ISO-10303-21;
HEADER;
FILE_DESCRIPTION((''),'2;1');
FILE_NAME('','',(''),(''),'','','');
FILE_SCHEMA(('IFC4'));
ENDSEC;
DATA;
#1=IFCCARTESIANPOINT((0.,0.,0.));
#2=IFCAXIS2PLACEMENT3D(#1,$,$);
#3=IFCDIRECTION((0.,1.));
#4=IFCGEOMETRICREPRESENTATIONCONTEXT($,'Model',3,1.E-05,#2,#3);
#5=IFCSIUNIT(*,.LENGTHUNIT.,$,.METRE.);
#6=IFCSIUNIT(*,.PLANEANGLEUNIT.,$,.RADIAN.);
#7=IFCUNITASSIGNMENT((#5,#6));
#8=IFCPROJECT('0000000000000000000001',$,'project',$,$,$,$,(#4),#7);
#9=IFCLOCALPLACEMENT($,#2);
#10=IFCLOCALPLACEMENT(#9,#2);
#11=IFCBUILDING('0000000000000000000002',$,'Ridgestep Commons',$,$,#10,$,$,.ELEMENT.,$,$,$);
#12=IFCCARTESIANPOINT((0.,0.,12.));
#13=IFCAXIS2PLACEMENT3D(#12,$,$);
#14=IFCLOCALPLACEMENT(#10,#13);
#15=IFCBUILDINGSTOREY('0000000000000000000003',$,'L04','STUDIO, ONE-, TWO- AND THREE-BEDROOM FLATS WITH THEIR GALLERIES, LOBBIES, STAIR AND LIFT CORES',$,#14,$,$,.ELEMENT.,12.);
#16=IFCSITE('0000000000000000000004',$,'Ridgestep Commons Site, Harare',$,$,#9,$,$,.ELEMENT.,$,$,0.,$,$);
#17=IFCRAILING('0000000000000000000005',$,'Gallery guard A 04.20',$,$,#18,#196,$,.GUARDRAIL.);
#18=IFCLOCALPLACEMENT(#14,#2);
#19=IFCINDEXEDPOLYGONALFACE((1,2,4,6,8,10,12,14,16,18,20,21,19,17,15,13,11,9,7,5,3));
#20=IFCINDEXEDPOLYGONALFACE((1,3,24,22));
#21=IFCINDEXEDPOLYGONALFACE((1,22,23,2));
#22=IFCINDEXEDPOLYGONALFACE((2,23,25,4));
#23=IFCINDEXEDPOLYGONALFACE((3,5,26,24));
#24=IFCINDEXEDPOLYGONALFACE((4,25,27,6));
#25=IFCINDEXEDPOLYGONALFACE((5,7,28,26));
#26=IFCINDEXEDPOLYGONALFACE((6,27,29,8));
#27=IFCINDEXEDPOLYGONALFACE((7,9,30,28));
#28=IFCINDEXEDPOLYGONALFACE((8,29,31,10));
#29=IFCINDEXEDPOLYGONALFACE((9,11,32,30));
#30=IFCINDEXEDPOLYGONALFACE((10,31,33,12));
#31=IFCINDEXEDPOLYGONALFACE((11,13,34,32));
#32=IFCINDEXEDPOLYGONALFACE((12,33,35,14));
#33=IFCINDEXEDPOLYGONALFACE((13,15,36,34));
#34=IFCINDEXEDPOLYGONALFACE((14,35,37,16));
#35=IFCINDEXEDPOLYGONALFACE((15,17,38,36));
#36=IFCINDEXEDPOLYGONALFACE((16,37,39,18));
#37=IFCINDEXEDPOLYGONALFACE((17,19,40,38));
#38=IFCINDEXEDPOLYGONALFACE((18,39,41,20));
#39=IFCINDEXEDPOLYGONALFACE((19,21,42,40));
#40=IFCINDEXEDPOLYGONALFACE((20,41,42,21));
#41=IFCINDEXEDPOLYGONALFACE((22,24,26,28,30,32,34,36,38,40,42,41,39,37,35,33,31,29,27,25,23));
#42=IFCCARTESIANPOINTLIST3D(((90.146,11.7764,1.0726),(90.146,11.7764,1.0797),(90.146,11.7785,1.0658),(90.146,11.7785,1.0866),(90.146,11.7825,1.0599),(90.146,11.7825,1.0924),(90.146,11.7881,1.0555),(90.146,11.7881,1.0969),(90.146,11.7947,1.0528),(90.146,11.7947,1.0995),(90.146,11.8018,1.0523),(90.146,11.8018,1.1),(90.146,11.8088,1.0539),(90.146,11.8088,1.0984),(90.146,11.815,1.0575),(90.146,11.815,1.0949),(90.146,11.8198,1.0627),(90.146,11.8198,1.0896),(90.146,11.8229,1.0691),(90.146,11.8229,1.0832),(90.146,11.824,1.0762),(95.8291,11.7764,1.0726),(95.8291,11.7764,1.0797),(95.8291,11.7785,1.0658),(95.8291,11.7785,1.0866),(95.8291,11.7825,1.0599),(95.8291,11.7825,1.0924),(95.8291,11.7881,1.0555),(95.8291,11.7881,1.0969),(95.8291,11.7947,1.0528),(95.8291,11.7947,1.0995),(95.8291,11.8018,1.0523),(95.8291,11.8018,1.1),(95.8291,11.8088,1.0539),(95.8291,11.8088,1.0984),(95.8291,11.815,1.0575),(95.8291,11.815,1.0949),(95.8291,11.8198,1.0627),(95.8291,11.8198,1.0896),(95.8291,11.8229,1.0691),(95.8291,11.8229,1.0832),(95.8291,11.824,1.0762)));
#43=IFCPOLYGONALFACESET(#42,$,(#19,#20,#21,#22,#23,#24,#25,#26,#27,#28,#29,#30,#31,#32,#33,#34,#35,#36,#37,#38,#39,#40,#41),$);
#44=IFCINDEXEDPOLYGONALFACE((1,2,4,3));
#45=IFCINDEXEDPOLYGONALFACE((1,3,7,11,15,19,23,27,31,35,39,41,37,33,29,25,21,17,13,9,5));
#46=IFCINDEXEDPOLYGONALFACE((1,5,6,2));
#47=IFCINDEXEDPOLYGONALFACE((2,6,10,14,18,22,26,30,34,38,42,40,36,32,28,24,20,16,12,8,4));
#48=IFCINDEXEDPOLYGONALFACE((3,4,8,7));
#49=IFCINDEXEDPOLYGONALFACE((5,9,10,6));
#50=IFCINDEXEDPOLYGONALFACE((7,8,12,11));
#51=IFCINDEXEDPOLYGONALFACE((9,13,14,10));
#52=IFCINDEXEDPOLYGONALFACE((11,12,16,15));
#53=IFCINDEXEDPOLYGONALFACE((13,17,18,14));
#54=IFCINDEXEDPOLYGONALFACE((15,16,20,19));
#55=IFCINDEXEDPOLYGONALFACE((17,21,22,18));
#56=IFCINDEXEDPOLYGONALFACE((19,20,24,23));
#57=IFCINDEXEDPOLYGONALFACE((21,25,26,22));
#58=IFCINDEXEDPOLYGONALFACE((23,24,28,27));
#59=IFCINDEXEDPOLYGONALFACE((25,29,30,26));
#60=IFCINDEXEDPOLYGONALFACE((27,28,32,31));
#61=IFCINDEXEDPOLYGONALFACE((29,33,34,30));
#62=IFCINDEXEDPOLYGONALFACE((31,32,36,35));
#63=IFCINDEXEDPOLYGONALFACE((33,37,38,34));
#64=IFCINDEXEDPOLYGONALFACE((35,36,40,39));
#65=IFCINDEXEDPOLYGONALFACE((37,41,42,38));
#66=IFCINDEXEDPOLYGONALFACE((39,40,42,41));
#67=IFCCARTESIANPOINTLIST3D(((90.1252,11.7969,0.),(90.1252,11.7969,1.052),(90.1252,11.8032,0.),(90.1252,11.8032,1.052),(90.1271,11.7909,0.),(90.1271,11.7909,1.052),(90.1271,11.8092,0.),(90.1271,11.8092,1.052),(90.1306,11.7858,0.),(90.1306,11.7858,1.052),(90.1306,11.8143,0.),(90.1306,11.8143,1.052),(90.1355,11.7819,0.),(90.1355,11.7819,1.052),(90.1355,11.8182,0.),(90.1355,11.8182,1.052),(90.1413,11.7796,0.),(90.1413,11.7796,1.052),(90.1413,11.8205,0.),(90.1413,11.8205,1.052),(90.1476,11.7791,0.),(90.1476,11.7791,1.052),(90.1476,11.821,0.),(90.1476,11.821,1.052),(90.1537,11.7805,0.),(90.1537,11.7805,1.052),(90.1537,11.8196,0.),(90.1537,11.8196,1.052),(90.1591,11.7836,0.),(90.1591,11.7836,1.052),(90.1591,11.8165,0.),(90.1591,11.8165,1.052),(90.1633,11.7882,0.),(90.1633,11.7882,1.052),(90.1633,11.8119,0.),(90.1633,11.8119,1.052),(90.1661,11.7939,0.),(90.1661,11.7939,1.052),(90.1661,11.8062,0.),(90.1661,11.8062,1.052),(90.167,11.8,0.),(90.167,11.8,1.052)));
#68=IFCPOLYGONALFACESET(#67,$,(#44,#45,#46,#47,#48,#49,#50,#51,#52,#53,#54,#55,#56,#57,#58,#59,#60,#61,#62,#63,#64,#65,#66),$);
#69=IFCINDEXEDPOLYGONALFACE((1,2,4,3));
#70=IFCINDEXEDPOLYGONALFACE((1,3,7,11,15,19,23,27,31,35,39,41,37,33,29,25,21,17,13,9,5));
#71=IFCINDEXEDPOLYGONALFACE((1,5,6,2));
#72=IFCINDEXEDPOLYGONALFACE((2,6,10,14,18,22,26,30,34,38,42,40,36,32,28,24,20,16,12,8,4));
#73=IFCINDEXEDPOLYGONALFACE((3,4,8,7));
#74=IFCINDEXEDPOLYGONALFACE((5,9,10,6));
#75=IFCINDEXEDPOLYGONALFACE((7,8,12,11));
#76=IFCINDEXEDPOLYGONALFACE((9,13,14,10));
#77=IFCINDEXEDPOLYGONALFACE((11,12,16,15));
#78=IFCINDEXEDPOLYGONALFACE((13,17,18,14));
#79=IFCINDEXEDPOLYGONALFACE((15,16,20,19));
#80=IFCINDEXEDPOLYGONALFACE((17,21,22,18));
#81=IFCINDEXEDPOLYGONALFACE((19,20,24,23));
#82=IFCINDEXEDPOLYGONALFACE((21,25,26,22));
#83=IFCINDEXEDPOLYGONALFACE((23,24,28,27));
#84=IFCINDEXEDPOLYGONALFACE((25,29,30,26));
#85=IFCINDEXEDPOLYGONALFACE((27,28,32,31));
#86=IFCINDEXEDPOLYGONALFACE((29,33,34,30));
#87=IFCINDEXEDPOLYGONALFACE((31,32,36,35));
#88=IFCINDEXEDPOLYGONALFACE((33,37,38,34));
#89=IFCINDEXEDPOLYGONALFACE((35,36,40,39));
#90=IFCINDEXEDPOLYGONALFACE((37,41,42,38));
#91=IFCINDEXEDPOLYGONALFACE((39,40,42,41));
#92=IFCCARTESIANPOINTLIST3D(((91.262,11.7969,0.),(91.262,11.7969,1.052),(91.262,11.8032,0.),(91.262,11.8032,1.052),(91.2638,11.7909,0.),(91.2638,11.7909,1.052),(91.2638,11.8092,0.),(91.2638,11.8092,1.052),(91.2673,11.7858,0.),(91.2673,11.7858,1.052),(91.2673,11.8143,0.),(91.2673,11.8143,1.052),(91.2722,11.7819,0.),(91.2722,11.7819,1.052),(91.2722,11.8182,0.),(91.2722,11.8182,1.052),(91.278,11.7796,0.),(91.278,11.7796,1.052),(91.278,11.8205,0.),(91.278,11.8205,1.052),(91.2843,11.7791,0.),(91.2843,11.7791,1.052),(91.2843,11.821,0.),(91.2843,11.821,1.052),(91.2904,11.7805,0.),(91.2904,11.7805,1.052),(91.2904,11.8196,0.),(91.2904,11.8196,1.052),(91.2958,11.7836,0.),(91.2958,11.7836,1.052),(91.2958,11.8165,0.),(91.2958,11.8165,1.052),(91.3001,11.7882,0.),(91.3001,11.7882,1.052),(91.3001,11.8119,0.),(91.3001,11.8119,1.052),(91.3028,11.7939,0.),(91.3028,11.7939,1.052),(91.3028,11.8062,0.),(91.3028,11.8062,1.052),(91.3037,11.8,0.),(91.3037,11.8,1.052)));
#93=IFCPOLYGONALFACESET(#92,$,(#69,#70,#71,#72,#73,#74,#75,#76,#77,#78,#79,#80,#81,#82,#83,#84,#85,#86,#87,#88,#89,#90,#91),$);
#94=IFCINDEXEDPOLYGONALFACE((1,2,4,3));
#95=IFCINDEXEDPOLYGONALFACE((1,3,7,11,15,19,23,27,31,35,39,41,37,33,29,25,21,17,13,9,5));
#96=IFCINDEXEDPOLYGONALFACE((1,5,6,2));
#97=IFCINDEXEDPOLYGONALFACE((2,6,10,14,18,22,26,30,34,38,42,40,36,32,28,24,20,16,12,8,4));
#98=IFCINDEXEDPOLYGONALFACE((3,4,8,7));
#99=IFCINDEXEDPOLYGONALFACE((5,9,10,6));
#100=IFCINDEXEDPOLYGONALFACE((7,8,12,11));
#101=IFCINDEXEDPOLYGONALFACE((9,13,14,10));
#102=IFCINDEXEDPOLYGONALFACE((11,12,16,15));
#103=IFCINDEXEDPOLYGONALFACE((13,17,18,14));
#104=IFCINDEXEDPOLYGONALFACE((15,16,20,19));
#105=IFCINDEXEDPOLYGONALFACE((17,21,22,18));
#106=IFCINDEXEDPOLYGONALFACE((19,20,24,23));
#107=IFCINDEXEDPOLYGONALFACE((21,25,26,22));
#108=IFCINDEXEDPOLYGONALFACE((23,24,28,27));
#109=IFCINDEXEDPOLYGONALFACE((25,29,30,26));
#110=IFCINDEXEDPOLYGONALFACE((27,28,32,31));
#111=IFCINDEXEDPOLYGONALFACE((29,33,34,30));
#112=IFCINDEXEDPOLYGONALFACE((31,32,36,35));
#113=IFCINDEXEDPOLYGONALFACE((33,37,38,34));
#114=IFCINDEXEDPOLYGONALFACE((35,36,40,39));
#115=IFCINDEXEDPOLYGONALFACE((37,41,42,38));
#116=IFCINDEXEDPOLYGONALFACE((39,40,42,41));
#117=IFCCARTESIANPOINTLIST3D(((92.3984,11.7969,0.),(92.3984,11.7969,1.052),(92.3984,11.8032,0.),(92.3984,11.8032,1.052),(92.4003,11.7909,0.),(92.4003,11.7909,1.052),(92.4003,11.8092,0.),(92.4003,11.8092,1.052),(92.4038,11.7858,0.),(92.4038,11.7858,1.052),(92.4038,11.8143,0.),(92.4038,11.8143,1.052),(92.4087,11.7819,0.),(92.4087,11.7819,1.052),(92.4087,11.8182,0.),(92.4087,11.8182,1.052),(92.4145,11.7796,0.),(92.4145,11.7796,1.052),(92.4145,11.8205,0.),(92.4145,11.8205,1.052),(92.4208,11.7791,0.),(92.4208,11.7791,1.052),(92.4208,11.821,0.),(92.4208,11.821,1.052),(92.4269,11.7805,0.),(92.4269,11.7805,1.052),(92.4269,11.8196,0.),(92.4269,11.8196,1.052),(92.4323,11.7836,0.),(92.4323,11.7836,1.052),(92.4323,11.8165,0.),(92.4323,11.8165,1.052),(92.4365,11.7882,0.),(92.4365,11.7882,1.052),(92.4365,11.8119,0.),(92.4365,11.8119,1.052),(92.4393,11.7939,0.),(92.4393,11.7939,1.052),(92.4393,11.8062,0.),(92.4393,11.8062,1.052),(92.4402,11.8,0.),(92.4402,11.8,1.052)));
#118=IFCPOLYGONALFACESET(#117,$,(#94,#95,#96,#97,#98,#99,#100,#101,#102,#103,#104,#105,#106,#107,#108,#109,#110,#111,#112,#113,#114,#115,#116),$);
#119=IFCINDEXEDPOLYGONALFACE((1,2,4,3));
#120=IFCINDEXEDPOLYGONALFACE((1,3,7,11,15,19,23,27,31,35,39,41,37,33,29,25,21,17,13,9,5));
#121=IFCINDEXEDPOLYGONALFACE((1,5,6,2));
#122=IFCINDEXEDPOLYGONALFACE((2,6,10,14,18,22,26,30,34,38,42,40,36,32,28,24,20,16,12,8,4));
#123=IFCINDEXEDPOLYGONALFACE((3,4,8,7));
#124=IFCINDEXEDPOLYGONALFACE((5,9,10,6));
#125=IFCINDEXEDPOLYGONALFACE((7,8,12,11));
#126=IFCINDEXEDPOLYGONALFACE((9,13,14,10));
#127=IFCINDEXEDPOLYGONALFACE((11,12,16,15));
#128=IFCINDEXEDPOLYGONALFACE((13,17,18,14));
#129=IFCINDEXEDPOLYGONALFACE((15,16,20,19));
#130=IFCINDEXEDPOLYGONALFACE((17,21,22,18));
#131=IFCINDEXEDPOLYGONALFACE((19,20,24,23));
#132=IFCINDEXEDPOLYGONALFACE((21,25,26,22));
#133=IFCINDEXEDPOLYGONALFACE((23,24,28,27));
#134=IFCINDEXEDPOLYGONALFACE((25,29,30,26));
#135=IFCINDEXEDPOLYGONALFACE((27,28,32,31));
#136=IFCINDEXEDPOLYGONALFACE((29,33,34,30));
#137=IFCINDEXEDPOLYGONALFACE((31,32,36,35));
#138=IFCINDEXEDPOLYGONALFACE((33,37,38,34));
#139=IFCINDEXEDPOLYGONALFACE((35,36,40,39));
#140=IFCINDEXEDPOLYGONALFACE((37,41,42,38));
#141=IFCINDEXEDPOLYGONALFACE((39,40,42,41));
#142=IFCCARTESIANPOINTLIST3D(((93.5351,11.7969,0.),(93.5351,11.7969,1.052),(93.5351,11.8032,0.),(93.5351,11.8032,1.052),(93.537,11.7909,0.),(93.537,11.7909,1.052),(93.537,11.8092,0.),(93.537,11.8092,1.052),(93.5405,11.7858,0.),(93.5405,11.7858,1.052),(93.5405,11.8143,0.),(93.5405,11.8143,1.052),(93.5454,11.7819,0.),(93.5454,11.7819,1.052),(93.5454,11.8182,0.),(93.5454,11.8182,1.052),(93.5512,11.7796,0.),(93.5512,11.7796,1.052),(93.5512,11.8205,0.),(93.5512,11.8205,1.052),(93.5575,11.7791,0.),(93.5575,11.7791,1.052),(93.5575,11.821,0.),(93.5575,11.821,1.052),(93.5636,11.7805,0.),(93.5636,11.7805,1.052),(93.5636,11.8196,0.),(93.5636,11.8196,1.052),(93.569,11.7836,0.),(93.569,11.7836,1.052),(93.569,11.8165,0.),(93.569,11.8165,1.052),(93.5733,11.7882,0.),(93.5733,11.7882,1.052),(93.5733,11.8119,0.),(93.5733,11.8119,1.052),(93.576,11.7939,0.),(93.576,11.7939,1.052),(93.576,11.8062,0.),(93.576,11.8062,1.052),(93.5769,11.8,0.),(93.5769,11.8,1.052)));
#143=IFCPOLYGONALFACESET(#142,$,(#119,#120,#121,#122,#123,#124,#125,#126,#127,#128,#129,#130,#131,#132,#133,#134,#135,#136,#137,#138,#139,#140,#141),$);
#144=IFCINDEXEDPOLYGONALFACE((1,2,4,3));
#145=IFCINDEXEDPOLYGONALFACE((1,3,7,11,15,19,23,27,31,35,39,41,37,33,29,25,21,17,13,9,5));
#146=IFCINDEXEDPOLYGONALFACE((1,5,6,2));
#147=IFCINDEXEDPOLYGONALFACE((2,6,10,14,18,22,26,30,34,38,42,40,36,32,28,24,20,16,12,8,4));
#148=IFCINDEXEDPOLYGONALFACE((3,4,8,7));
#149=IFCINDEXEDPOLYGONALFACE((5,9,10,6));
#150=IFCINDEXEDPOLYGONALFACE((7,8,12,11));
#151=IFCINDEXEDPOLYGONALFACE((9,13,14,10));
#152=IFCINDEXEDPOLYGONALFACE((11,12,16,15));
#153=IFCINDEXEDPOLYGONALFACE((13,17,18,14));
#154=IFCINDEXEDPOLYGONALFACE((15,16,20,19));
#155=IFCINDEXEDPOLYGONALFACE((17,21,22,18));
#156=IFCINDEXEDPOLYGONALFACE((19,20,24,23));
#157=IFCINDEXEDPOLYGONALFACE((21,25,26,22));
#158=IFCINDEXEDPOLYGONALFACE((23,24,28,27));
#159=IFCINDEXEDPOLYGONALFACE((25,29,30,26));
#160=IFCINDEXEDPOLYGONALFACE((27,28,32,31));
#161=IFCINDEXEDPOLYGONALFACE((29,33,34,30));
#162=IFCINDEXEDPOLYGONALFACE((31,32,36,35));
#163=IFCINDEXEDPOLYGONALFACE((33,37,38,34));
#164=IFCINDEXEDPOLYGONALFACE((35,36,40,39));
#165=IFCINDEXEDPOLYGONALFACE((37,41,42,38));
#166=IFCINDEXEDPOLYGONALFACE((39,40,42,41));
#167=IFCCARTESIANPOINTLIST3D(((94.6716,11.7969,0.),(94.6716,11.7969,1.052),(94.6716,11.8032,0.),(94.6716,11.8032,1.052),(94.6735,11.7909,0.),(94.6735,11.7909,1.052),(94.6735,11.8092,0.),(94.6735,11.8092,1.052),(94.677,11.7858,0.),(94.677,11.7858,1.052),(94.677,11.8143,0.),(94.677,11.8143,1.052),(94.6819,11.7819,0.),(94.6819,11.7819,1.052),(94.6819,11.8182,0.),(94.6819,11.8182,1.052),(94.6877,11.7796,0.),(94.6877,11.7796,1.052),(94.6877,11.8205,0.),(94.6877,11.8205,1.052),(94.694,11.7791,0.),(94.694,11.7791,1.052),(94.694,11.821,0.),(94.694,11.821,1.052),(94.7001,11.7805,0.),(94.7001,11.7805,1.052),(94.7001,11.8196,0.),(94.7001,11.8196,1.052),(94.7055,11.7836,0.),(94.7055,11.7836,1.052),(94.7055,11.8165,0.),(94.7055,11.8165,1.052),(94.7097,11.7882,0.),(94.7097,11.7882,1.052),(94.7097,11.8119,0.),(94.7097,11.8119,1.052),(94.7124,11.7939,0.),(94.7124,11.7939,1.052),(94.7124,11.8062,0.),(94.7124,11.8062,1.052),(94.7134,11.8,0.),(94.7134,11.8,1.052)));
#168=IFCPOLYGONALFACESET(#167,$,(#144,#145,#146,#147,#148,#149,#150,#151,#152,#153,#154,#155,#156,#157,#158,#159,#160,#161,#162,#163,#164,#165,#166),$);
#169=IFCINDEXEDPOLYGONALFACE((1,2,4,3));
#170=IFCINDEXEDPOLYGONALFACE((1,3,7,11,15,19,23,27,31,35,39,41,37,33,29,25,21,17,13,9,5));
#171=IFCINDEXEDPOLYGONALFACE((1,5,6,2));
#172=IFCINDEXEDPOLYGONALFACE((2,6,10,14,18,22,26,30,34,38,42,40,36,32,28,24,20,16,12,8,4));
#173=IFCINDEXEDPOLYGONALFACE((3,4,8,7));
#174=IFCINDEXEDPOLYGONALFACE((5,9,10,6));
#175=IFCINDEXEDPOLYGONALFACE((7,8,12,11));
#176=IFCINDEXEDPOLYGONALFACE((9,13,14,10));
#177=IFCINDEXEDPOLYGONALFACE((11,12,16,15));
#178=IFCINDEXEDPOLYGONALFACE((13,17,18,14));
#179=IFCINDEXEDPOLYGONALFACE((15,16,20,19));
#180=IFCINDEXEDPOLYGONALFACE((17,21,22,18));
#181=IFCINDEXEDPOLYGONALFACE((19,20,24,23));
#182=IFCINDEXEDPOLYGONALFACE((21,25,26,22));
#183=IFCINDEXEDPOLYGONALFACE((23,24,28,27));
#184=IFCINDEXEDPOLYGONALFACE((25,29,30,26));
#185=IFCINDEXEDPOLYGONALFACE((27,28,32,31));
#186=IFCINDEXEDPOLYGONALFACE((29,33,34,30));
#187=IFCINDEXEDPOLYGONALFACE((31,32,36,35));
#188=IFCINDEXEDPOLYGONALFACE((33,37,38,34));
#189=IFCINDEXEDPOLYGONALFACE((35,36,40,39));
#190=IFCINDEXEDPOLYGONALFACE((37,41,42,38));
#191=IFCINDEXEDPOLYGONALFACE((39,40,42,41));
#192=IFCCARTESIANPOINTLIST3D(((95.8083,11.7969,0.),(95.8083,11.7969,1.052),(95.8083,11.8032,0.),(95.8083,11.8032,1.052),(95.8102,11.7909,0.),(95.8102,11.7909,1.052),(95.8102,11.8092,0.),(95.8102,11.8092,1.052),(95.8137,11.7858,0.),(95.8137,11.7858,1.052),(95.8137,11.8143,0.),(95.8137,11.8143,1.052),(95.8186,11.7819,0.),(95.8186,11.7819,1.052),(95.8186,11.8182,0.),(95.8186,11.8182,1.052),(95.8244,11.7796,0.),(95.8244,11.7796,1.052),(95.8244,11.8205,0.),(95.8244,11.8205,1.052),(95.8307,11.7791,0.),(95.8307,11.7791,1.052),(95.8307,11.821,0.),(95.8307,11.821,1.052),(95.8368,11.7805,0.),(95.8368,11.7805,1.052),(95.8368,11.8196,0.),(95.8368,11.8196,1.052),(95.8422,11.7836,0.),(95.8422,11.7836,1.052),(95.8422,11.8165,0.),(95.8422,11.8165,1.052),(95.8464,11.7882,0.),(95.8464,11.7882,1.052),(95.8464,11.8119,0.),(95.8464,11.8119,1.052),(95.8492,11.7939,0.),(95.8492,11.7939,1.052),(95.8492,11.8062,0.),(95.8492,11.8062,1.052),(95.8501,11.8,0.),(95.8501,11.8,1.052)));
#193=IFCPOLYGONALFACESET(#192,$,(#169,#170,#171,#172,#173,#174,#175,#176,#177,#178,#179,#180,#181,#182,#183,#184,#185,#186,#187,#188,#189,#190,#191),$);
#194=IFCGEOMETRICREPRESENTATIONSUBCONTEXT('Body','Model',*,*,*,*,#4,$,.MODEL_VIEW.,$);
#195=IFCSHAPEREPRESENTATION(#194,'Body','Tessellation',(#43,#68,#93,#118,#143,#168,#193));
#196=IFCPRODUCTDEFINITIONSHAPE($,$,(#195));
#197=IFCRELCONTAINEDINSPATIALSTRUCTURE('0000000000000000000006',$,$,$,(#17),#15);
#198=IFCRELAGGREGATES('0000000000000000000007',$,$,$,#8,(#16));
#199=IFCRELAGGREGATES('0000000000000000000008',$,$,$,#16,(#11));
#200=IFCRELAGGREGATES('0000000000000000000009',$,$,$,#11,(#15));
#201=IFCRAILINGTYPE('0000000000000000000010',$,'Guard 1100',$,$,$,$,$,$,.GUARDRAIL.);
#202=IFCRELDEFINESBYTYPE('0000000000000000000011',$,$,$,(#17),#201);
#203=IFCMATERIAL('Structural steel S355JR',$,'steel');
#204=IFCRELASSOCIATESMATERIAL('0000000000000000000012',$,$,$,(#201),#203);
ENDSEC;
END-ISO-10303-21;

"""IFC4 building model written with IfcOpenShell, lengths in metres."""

from ifc_helpers import new_model, si_unit, direction, frame, origin, origin_2d, place, context, subcontext, project, spatial, circle, extrude, material, type_object, element, save


model = new_model("IFC4")

# Units and contexts
model_context = context("Model", 3, precision=1e-05, world=origin(), true_north=direction((0.0, 1.0)))
body_context = subcontext(model_context, "Body", "Model", "MODEL_VIEW")
ifc_project = project(units=[si_unit("LENGTHUNIT", "METRE"), si_unit("PLANEANGLEUNIT", "RADIAN")], contexts=[model_context])

# Site, building, storey
site_placement = place(None, origin())
site = spatial("IfcSite", under=ifc_project, at=site_placement, Name="Ridgestep Commons Site, Harare", CompositionType="ELEMENT", RefElevation=0.0)
building_placement = place(site_placement, origin())
building = spatial("IfcBuilding", under=site, at=building_placement, Name="Ridgestep Commons", CompositionType="ELEMENT")
storey_placement = place(building_placement, frame((0.0, 0.0, 12.0)))
storey = spatial("IfcBuildingStorey", under=building, at=storey_placement, Name="L04", Description="STUDIO, ONE-, TWO- AND THREE-BEDROOM FLATS WITH THEIR GALLERIES, LOBBIES, STAIR AND LIFT CORES", CompositionType="ELEMENT", Elevation=12.0)

# Railing
ifc_material_1 = material(Name="Structural steel S355JR", Category="steel")
railing_type_1 = type_object("IfcRailingType", Name="Guard 1100", PredefinedType="GUARDRAIL", material=ifc_material_1)
for number, where, name in (
    (1, (90.146, 11.8, 0.0), "Gallery guard A 04.20"),
):
    element("IfcRailing", number, at=place(storey_placement, frame(where)), inside=storey, type_object=railing_type_1, Name=name, PredefinedType="GUARDRAIL", context=body_context, shape_type="SweptSolid", body=[
        extrude(circle(Radius=0.0239, at=origin_2d()), frame((0.0, 0.0, 1.0762), z_axis=(1.0, 0.0, 0.0), x_axis=(0.0, 1.0, 0.0)), (0.0, 0.0, 1.0), 5.6831),
        extrude(circle(Radius=0.021, at=origin_2d()), origin(), (0.0, 0.0, 1.0), 1.052),
        extrude(circle(Radius=0.021, at=origin_2d()), frame((1.1367, 0.0, 0.0)), (0.0, 0.0, 1.0), 1.052),
        extrude(circle(Radius=0.021, at=origin_2d()), frame((2.2732, 0.0, 0.0)), (0.0, 0.0, 1.0), 1.052),
        extrude(circle(Radius=0.021, at=origin_2d()), frame((3.4099, 0.0, 0.0)), (0.0, 0.0, 1.0), 1.052),
        extrude(circle(Radius=0.021, at=origin_2d()), frame((4.5464, 0.0, 0.0)), (0.0, 0.0, 1.0), 1.052),
        extrude(circle(Radius=0.021, at=origin_2d()), frame((5.6831, 0.0, 0.0)), (0.0, 0.0, 1.0), 1.052),
    ])

save(model, "model.ifc")
